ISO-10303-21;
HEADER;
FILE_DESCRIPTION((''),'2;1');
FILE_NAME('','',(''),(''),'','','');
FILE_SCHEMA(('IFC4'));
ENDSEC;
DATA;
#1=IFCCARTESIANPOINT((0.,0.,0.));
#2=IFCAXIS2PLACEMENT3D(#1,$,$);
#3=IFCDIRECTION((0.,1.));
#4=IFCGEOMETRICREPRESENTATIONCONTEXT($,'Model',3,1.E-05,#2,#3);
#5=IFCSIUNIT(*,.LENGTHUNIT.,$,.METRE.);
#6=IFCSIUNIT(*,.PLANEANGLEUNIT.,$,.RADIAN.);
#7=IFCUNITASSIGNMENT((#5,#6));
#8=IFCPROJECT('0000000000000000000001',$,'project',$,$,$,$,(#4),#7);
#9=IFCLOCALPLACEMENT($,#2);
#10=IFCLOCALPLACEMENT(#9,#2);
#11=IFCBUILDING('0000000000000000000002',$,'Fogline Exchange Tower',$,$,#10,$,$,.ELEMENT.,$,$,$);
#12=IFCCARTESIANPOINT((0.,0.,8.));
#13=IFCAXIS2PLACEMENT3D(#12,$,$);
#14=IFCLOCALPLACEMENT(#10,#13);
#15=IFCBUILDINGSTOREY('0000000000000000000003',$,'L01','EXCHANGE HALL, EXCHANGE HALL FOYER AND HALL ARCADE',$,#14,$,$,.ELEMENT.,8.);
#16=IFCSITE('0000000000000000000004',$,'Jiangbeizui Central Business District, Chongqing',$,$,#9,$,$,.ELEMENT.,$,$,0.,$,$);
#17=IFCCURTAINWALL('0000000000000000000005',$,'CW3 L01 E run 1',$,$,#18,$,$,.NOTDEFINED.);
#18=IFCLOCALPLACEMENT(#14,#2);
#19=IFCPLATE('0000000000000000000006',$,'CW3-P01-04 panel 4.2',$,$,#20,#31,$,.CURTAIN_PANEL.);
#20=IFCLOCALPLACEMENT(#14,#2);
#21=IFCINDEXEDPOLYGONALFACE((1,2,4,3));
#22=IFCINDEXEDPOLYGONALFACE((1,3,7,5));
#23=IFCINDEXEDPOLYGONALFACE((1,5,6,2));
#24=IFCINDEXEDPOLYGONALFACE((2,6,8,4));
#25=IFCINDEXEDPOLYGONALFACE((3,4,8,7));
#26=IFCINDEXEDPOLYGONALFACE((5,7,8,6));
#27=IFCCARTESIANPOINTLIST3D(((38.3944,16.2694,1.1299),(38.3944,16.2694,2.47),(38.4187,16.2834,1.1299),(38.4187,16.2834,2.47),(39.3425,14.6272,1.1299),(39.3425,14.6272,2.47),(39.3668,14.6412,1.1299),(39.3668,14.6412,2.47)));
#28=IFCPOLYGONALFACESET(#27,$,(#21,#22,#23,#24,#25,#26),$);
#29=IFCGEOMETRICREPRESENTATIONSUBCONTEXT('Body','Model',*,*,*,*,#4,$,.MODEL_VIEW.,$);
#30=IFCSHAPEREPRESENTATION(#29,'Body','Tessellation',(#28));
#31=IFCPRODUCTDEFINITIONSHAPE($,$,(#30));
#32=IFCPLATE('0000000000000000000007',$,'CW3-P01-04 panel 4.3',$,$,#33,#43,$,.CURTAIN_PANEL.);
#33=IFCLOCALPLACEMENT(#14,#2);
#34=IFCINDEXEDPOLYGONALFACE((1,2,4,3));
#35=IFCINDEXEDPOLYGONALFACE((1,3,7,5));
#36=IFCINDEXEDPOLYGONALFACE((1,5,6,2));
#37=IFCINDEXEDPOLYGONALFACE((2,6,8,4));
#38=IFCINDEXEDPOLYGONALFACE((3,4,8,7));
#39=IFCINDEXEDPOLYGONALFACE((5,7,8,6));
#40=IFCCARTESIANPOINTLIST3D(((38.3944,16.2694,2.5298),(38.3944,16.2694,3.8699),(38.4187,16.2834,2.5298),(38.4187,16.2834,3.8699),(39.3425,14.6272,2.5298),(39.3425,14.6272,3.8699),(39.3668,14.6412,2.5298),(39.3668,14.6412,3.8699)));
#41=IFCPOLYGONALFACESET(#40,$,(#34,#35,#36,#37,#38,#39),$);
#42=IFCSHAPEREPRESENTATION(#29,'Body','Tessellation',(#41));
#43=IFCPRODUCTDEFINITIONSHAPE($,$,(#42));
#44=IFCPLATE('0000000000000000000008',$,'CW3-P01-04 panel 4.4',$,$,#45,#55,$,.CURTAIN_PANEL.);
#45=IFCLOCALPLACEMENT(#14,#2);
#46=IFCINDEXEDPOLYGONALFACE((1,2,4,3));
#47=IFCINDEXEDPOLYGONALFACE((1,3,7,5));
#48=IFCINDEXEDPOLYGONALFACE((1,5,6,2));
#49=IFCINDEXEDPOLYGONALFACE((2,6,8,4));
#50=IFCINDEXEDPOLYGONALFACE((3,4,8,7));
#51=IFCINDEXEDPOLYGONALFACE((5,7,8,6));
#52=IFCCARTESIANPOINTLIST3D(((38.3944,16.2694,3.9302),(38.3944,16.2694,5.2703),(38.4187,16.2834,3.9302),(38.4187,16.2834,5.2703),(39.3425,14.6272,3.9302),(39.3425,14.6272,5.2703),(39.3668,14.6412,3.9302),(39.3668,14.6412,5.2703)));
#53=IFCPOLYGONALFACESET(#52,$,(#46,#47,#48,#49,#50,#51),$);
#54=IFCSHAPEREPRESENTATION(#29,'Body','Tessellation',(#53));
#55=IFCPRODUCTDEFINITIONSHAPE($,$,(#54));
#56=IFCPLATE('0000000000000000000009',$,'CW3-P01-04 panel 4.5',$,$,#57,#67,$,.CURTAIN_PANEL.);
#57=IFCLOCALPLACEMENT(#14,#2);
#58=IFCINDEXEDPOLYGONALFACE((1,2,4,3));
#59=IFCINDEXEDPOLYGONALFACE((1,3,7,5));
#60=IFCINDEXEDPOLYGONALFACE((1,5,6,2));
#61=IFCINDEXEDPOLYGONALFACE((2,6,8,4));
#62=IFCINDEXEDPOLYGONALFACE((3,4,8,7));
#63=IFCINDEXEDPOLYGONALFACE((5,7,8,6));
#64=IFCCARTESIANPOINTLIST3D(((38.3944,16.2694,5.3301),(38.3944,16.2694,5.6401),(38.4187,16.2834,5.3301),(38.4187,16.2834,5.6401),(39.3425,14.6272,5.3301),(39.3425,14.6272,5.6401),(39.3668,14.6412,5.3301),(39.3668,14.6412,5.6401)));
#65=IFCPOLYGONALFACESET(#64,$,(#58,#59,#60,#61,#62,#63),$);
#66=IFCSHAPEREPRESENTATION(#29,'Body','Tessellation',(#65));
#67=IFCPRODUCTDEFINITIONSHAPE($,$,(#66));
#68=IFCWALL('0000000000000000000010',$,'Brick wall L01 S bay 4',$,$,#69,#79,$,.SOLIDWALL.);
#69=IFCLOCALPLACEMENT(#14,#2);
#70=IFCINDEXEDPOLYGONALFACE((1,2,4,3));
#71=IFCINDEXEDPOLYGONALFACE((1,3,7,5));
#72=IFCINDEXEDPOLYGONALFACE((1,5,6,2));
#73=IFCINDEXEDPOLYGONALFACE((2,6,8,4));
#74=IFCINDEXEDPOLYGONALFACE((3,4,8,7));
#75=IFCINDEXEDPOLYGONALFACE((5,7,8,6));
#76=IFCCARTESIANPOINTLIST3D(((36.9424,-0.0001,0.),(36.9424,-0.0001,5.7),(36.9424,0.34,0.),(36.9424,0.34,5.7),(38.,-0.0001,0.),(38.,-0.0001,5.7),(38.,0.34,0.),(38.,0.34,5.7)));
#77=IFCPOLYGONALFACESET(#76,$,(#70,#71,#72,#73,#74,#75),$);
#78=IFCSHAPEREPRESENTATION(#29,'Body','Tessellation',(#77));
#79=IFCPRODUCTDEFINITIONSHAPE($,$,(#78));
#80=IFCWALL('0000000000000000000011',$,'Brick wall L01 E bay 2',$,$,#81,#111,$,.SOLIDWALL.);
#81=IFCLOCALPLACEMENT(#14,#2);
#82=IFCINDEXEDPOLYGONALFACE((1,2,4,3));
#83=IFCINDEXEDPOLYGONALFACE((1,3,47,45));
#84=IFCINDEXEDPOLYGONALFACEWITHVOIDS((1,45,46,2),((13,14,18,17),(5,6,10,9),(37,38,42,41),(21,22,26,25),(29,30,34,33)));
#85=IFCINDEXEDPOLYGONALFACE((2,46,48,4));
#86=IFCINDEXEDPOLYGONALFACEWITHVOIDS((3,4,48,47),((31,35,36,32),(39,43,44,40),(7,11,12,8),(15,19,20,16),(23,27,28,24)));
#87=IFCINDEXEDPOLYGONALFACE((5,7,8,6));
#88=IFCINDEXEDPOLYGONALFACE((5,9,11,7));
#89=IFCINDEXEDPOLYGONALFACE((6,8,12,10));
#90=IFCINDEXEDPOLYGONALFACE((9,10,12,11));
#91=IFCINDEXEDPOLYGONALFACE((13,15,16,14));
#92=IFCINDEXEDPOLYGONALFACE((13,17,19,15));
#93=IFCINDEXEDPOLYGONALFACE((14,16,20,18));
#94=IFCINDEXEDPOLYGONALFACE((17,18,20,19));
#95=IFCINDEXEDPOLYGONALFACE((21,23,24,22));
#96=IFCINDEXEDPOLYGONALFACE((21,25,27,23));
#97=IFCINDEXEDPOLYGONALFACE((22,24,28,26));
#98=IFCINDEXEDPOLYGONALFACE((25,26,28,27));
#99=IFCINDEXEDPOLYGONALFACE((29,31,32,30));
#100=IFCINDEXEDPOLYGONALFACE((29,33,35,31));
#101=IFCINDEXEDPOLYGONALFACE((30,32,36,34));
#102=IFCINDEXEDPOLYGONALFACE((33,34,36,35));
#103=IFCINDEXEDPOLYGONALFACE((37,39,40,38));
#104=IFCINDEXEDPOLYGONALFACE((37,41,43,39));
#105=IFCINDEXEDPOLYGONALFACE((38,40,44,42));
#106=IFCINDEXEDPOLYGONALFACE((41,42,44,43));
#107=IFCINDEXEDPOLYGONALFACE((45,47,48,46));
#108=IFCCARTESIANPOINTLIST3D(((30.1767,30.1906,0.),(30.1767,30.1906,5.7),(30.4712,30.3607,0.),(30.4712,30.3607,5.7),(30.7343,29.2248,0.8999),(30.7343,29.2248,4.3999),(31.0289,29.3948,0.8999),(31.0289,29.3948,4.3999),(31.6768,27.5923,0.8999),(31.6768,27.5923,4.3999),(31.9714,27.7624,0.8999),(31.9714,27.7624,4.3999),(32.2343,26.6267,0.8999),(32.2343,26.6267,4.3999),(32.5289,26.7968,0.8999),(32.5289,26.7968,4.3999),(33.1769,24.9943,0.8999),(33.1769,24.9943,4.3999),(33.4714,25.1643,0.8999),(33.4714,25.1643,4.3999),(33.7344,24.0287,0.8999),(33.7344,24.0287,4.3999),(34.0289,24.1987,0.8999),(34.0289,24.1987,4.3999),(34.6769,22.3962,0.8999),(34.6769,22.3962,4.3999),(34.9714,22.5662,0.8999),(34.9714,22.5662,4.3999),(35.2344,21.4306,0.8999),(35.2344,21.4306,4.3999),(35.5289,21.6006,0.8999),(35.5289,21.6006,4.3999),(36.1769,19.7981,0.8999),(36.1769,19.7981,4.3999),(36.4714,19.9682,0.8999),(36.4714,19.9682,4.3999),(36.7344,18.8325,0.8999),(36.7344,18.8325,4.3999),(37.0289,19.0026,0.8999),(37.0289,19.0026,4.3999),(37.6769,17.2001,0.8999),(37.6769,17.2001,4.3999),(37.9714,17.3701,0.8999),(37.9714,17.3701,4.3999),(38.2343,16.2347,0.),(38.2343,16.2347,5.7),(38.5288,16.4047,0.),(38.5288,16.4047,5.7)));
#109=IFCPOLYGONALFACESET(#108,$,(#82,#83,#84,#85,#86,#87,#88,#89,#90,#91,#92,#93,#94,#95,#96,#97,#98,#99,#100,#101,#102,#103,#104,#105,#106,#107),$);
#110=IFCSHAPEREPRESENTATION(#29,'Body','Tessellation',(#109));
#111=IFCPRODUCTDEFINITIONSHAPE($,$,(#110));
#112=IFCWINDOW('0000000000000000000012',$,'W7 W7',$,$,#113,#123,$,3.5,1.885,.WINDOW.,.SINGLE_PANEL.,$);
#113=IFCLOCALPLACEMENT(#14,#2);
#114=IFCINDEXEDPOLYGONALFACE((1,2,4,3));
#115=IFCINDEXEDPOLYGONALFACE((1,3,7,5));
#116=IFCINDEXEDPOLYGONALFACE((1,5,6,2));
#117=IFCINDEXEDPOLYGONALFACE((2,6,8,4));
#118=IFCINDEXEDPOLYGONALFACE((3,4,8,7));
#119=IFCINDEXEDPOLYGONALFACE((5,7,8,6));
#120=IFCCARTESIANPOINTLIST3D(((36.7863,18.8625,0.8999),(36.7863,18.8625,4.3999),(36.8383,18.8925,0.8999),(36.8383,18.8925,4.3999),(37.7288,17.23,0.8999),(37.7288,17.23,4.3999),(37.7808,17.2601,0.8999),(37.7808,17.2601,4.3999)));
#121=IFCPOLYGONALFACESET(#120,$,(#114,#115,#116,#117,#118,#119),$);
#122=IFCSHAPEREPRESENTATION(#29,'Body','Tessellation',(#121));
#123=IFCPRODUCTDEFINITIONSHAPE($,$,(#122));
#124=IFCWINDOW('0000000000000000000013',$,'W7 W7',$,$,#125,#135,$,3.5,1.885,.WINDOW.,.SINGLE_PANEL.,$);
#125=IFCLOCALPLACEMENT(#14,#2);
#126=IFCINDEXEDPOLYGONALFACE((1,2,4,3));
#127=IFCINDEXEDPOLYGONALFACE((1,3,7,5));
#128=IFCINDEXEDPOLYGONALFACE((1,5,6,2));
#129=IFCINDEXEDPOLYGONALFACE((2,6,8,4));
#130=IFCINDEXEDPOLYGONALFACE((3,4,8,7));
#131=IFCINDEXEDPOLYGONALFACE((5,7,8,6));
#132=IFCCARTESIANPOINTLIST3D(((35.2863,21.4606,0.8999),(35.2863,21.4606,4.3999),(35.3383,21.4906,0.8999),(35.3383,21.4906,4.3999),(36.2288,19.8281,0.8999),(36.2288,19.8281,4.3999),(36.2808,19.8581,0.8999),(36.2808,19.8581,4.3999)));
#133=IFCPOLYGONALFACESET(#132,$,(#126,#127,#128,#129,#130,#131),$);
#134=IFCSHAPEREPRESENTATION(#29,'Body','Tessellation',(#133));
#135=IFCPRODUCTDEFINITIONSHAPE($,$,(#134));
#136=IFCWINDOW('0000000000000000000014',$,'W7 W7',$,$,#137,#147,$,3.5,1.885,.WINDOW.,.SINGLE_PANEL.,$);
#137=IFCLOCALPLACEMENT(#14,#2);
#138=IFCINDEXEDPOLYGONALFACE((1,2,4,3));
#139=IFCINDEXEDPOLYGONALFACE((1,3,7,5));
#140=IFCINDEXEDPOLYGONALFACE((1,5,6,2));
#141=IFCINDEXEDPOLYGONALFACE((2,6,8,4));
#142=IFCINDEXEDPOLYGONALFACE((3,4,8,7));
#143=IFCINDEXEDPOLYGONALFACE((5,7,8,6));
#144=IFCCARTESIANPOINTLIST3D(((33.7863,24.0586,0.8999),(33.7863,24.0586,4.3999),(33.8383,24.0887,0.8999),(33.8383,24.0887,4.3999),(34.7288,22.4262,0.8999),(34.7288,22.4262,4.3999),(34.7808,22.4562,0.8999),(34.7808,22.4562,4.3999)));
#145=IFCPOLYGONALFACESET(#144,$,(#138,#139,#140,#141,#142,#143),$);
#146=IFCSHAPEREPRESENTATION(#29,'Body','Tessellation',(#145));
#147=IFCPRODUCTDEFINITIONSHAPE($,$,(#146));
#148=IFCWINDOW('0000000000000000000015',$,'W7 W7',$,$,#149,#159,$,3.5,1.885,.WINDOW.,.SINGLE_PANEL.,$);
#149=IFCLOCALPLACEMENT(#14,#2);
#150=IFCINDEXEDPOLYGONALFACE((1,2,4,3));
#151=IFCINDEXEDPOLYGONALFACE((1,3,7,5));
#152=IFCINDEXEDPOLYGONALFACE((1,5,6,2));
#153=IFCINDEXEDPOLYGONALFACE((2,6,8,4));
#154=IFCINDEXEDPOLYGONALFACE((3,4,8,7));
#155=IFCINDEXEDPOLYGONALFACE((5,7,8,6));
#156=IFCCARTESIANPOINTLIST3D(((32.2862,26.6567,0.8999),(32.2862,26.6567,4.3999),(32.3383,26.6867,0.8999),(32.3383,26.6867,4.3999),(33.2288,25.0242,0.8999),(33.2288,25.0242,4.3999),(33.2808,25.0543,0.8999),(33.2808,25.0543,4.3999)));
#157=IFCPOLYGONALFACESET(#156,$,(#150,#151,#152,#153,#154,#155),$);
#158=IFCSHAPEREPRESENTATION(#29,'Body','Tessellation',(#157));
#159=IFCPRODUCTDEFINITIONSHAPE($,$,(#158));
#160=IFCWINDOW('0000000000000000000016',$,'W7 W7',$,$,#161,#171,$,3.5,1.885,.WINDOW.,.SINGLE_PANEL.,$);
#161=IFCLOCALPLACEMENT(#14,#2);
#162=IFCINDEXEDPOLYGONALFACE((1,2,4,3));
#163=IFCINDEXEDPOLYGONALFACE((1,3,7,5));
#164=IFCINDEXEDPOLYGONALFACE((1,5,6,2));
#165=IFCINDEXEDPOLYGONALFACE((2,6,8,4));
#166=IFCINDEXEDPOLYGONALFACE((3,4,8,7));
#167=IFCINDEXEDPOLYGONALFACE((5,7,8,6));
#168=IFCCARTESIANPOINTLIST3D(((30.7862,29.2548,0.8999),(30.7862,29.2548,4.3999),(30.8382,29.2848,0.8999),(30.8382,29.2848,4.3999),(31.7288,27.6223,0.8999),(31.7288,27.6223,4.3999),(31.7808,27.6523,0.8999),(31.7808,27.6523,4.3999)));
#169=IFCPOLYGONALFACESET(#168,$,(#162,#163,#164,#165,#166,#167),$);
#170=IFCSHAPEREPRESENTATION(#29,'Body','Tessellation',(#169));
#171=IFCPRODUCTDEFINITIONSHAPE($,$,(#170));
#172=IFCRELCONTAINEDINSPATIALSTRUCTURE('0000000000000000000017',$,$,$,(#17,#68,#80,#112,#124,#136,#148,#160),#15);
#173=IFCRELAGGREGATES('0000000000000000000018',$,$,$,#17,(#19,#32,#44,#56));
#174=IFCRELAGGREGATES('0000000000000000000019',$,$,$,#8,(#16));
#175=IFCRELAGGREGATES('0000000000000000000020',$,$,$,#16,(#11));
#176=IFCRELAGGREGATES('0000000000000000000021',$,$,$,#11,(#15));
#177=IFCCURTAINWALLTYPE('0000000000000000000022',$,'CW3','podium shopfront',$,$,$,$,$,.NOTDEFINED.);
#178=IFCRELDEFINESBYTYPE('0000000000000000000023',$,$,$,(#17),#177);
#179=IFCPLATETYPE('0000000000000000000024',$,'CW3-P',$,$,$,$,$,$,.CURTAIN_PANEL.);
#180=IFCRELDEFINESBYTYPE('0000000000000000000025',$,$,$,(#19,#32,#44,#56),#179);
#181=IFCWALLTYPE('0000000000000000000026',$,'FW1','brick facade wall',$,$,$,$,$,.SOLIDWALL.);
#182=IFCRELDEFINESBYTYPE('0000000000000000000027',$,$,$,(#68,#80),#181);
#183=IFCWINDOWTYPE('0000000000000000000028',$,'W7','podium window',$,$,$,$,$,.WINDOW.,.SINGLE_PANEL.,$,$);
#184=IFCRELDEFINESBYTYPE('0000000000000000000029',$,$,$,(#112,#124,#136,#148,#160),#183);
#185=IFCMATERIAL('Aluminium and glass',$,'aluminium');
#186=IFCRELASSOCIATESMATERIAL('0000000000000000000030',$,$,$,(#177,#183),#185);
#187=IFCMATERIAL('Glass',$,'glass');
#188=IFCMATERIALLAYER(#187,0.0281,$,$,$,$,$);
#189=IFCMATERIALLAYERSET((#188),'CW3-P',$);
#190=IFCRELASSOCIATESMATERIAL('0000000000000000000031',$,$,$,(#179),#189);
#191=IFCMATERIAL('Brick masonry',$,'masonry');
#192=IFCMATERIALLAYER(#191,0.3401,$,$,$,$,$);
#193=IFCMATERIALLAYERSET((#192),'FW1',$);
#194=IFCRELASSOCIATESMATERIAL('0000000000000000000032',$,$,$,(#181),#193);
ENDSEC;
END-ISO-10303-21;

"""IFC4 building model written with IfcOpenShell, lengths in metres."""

from ifc_helpers import new_model, si_unit, direction, frame, frame_2d, origin, origin_2d, place, context, subcontext, project, spatial, rectangle, extrude, material, layer, layer_set, type_object, element, fill, aggregate, save


model = new_model("IFC4")

# Units and contexts
model_context = context("Model", 3, precision=1e-05, world=origin(), true_north=direction((0.0, 1.0)))
body_context = subcontext(model_context, "Body", "Model", "MODEL_VIEW")
ifc_project = project(units=[si_unit("LENGTHUNIT", "METRE"), si_unit("PLANEANGLEUNIT", "RADIAN")], contexts=[model_context])

# Site, building, storey
site_placement = place(None, origin())
site = spatial("IfcSite", under=ifc_project, at=site_placement, Name="Jiangbeizui Central Business District, Chongqing", CompositionType="ELEMENT", RefElevation=0.0)
building_placement = place(site_placement, origin())
building = spatial("IfcBuilding", under=site, at=building_placement, Name="Fogline Exchange Tower", CompositionType="ELEMENT")
storey_placement = place(building_placement, frame((0.0, 0.0, 8.0)))
storey = spatial("IfcBuildingStorey", under=building, at=storey_placement, Name="L01", Description="EXCHANGE HALL, EXCHANGE HALL FOYER AND HALL ARCADE", CompositionType="ELEMENT", Elevation=8.0)

# Curtain wall
ifc_material_1 = material(Name="Aluminium and glass", Category="aluminium")
curtain_wall_type = type_object("IfcCurtainWallType", Name="CW3", Description="podium shopfront", PredefinedType="NOTDEFINED", material=ifc_material_1)
curtain_wall_1_placement = place(storey_placement, origin())
curtain_wall_1 = element("IfcCurtainWall", 1, at=curtain_wall_1_placement, inside=storey, type_object=curtain_wall_type, Name="CW3 L01 E run 1", PredefinedType="NOTDEFINED")

# Plates
ifc_material_2 = material(Name="Glass", Category="glass")
ifc_layer_1 = layer(ifc_material_2, 0.0281)
ifc_layer_set_1 = layer_set([ifc_layer_1], Name="CW3-P")
plate_type = type_object("IfcPlateType", Name="CW3-P", PredefinedType="CURTAIN_PANEL", material=ifc_layer_set_1)
plate_1_placement = place(storey_placement, frame((38.8806, 15.4553, 1.1299), z_axis=(0.0, 0.0, 1.0), x_axis=(-0.5, 0.866025, 0.0)))
plate_1 = element("IfcPlate", 2, at=plate_1_placement, type_object=plate_type, Name="CW3-P01-04 panel 4.2", PredefinedType="CURTAIN_PANEL", context=body_context, shape_type="SweptSolid", body=[
    extrude(rectangle(XDim=1.8962, YDim=0.0281, at=origin_2d()), origin(), (0.0, 0.0, 1.0), 1.3401),
])
plate_2_placement = place(storey_placement, frame((38.8806, 15.4553, 2.5298), z_axis=(0.0, 0.0, 1.0), x_axis=(-0.5, 0.866025, 0.0)))
plate_2 = element("IfcPlate", 3, at=plate_2_placement, type_object=plate_type, Name="CW3-P01-04 panel 4.3", PredefinedType="CURTAIN_PANEL", context=body_context, shape_type="SweptSolid", body=[
    extrude(rectangle(XDim=1.8962, YDim=0.0281, at=origin_2d()), origin(), (0.0, 0.0, 1.0), 1.3401),
])
plate_3_placement = place(storey_placement, frame((38.8806, 15.4553, 3.9302), z_axis=(0.0, 0.0, 1.0), x_axis=(-0.5, 0.866025, 0.0)))
plate_3 = element("IfcPlate", 4, at=plate_3_placement, type_object=plate_type, Name="CW3-P01-04 panel 4.4", PredefinedType="CURTAIN_PANEL", context=body_context, shape_type="SweptSolid", body=[
    extrude(rectangle(XDim=1.8962, YDim=0.0281, at=origin_2d()), origin(), (0.0, 0.0, 1.0), 1.3401),
])
plate_4_placement = place(storey_placement, frame((38.8806, 15.4553, 5.3301), z_axis=(0.0, 0.0, 1.0), x_axis=(-0.5, 0.866025, 0.0)))
plate_4 = element("IfcPlate", 5, at=plate_4_placement, type_object=plate_type, Name="CW3-P01-04 panel 4.5", PredefinedType="CURTAIN_PANEL", context=body_context, shape_type="SweptSolid", body=[
    extrude(rectangle(XDim=1.8962, YDim=0.0281, at=origin_2d()), origin(), (0.0, 0.0, 1.0), 0.3101),
])
aggregate(curtain_wall_1, [plate_1, plate_2, plate_3, plate_4])

# Wall
ifc_material_3 = material(Name="Brick masonry", Category="masonry")
ifc_layer_2 = layer(ifc_material_3, 0.3401)
ifc_layer_set_2 = layer_set([ifc_layer_2], Name="FW1")
wall_type_1 = type_object("IfcWallType", Name="FW1", Description="brick facade wall", PredefinedType="SOLIDWALL", material=ifc_layer_set_2)
wall_1_placement = place(storey_placement, frame((36.9424, 0.1699, 0.0), z_axis=(0.0, 0.0, 1.0), x_axis=(1.0, 0.0, 0.0)))
element("IfcWall", 6, at=wall_1_placement, inside=storey, type_object=wall_type_1, Name="Brick wall L01 S bay 4", PredefinedType="SOLIDWALL", context=body_context, shape_type="SweptSolid", body=[
    extrude(rectangle(XDim=1.0576, YDim=0.3401, at=frame_2d((0.5288, 0.0))), origin(), (0.0, 0.0, 1.0), 5.7),
])

# Wall, openings, windows
wall_2_placement = place(storey_placement, frame((38.3816, 16.3196, 0.0), z_axis=(0.0, 0.0, 1.0), x_axis=(-0.500004, 0.866023, 0.0)))
wall_2 = element("IfcWall", 7, at=wall_2_placement, inside=storey, type_object=wall_type_1, Name="Brick wall L01 E bay 2", PredefinedType="SOLIDWALL", context=body_context, shape_type="SweptSolid", body=[
    extrude(rectangle(XDim=16.115, YDim=0.3401, at=frame_2d((8.0576, 0.0))), origin(), (0.0, 0.0, 1.0), 5.7),
])
opening_1_placement = place(wall_2_placement, frame((1.115, 0.0, 0.8999)))
opening_1 = element("IfcOpeningElement", 8, at=opening_1_placement, cuts=wall_2, PredefinedType="OPENING", context=body_context, shape_type="SweptSolid", body=[
    extrude(rectangle(XDim=1.885, YDim=3.5, at=frame_2d((0.9424, 1.75))), frame((0.0, 0.1802, 0.0), z_axis=(0.0, -1.0, 0.0), x_axis=(1.0, 0.0, 0.0)), (0.0, 0.0, 1.0), 0.3601),
])
opening_2_placement = place(wall_2_placement, frame((4.115, 0.0, 0.8999)))
opening_2 = element("IfcOpeningElement", 9, at=opening_2_placement, cuts=wall_2, PredefinedType="OPENING", context=body_context, shape_type="SweptSolid", body=[
    extrude(rectangle(XDim=1.885, YDim=3.5, at=frame_2d((0.9424, 1.75))), frame((0.0, 0.1802, 0.0), z_axis=(0.0, -1.0, 0.0), x_axis=(1.0, 0.0, 0.0)), (0.0, 0.0, 1.0), 0.3601),
])
opening_3_placement = place(wall_2_placement, frame((7.115, 0.0, 0.8999)))
opening_3 = element("IfcOpeningElement", 10, at=opening_3_placement, cuts=wall_2, PredefinedType="OPENING", context=body_context, shape_type="SweptSolid", body=[
    extrude(rectangle(XDim=1.885, YDim=3.5, at=frame_2d((0.9424, 1.75))), frame((0.0, 0.1802, 0.0), z_axis=(0.0, -1.0, 0.0), x_axis=(1.0, 0.0, 0.0)), (0.0, 0.0, 1.0), 0.3601),
])
opening_4_placement = place(wall_2_placement, frame((10.115, 0.0, 0.8999)))
opening_4 = element("IfcOpeningElement", 11, at=opening_4_placement, cuts=wall_2, PredefinedType="OPENING", context=body_context, shape_type="SweptSolid", body=[
    extrude(rectangle(XDim=1.885, YDim=3.5, at=frame_2d((0.9424, 1.75))), frame((0.0, 0.1802, 0.0), z_axis=(0.0, -1.0, 0.0), x_axis=(1.0, 0.0, 0.0)), (0.0, 0.0, 1.0), 0.3601),
])
opening_5_placement = place(wall_2_placement, frame((13.115, 0.0, 0.8999)))
opening_5 = element("IfcOpeningElement", 12, at=opening_5_placement, cuts=wall_2, PredefinedType="OPENING", context=body_context, shape_type="SweptSolid", body=[
    extrude(rectangle(XDim=1.885, YDim=3.5, at=frame_2d((0.9424, 1.75))), frame((0.0, 0.1802, 0.0), z_axis=(0.0, -1.0, 0.0), x_axis=(1.0, 0.0, 0.0)), (0.0, 0.0, 1.0), 0.3601),
])
window_type = type_object("IfcWindowType", Name="W7", Description="podium window", PartitioningType="SINGLE_PANEL", PredefinedType="WINDOW", material=ifc_material_1)
window_1_placement = place(opening_1_placement, origin())
window_1 = element("IfcWindow", 13, at=window_1_placement, inside=storey, type_object=window_type, Name="W7 W7", OverallHeight=3.5, OverallWidth=1.885, PartitioningType="SINGLE_PANEL", PredefinedType="WINDOW", context=body_context, shape_type="SweptSolid", body=[
    extrude(rectangle(XDim=1.885, YDim=3.5, at=frame_2d((0.9424, 1.75))), frame((0.0, 0.1101, 0.0), z_axis=(0.0, -1.0, 0.0), x_axis=(1.0, 0.0, 0.0)), (0.0, 0.0, 1.0), 0.0601),
])
fill(opening_1, window_1)
window_2_placement = place(opening_2_placement, origin())
window_2 = element("IfcWindow", 14, at=window_2_placement, inside=storey, type_object=window_type, Name="W7 W7", OverallHeight=3.5, OverallWidth=1.885, PartitioningType="SINGLE_PANEL", PredefinedType="WINDOW", context=body_context, shape_type="SweptSolid", body=[
    extrude(rectangle(XDim=1.885, YDim=3.5, at=frame_2d((0.9424, 1.75))), frame((0.0, 0.1101, 0.0), z_axis=(0.0, -1.0, 0.0), x_axis=(1.0, 0.0, 0.0)), (0.0, 0.0, 1.0), 0.0601),
])
fill(opening_2, window_2)
window_3_placement = place(opening_3_placement, origin())
window_3 = element("IfcWindow", 15, at=window_3_placement, inside=storey, type_object=window_type, Name="W7 W7", OverallHeight=3.5, OverallWidth=1.885, PartitioningType="SINGLE_PANEL", PredefinedType="WINDOW", context=body_context, shape_type="SweptSolid", body=[
    extrude(rectangle(XDim=1.885, YDim=3.5, at=frame_2d((0.9424, 1.75))), frame((0.0, 0.1101, 0.0), z_axis=(0.0, -1.0, 0.0), x_axis=(1.0, 0.0, 0.0)), (0.0, 0.0, 1.0), 0.0601),
])
fill(opening_3, window_3)
window_4_placement = place(opening_4_placement, origin())
window_4 = element("IfcWindow", 16, at=window_4_placement, inside=storey, type_object=window_type, Name="W7 W7", OverallHeight=3.5, OverallWidth=1.885, PartitioningType="SINGLE_PANEL", PredefinedType="WINDOW", context=body_context, shape_type="SweptSolid", body=[
    extrude(rectangle(XDim=1.885, YDim=3.5, at=frame_2d((0.9424, 1.75))), frame((0.0, 0.1101, 0.0), z_axis=(0.0, -1.0, 0.0), x_axis=(1.0, 0.0, 0.0)), (0.0, 0.0, 1.0), 0.0601),
])
fill(opening_4, window_4)
window_5_placement = place(opening_5_placement, origin())
window_5 = element("IfcWindow", 17, at=window_5_placement, inside=storey, type_object=window_type, Name="W7 W7", OverallHeight=3.5, OverallWidth=1.885, PartitioningType="SINGLE_PANEL", PredefinedType="WINDOW", context=body_context, shape_type="SweptSolid", body=[
    extrude(rectangle(XDim=1.885, YDim=3.5, at=frame_2d((0.9424, 1.75))), frame((0.0, 0.1101, 0.0), z_axis=(0.0, -1.0, 0.0), x_axis=(1.0, 0.0, 0.0)), (0.0, 0.0, 1.0), 0.0601),
])
fill(opening_5, window_5)

save(model, "model.ifc")
